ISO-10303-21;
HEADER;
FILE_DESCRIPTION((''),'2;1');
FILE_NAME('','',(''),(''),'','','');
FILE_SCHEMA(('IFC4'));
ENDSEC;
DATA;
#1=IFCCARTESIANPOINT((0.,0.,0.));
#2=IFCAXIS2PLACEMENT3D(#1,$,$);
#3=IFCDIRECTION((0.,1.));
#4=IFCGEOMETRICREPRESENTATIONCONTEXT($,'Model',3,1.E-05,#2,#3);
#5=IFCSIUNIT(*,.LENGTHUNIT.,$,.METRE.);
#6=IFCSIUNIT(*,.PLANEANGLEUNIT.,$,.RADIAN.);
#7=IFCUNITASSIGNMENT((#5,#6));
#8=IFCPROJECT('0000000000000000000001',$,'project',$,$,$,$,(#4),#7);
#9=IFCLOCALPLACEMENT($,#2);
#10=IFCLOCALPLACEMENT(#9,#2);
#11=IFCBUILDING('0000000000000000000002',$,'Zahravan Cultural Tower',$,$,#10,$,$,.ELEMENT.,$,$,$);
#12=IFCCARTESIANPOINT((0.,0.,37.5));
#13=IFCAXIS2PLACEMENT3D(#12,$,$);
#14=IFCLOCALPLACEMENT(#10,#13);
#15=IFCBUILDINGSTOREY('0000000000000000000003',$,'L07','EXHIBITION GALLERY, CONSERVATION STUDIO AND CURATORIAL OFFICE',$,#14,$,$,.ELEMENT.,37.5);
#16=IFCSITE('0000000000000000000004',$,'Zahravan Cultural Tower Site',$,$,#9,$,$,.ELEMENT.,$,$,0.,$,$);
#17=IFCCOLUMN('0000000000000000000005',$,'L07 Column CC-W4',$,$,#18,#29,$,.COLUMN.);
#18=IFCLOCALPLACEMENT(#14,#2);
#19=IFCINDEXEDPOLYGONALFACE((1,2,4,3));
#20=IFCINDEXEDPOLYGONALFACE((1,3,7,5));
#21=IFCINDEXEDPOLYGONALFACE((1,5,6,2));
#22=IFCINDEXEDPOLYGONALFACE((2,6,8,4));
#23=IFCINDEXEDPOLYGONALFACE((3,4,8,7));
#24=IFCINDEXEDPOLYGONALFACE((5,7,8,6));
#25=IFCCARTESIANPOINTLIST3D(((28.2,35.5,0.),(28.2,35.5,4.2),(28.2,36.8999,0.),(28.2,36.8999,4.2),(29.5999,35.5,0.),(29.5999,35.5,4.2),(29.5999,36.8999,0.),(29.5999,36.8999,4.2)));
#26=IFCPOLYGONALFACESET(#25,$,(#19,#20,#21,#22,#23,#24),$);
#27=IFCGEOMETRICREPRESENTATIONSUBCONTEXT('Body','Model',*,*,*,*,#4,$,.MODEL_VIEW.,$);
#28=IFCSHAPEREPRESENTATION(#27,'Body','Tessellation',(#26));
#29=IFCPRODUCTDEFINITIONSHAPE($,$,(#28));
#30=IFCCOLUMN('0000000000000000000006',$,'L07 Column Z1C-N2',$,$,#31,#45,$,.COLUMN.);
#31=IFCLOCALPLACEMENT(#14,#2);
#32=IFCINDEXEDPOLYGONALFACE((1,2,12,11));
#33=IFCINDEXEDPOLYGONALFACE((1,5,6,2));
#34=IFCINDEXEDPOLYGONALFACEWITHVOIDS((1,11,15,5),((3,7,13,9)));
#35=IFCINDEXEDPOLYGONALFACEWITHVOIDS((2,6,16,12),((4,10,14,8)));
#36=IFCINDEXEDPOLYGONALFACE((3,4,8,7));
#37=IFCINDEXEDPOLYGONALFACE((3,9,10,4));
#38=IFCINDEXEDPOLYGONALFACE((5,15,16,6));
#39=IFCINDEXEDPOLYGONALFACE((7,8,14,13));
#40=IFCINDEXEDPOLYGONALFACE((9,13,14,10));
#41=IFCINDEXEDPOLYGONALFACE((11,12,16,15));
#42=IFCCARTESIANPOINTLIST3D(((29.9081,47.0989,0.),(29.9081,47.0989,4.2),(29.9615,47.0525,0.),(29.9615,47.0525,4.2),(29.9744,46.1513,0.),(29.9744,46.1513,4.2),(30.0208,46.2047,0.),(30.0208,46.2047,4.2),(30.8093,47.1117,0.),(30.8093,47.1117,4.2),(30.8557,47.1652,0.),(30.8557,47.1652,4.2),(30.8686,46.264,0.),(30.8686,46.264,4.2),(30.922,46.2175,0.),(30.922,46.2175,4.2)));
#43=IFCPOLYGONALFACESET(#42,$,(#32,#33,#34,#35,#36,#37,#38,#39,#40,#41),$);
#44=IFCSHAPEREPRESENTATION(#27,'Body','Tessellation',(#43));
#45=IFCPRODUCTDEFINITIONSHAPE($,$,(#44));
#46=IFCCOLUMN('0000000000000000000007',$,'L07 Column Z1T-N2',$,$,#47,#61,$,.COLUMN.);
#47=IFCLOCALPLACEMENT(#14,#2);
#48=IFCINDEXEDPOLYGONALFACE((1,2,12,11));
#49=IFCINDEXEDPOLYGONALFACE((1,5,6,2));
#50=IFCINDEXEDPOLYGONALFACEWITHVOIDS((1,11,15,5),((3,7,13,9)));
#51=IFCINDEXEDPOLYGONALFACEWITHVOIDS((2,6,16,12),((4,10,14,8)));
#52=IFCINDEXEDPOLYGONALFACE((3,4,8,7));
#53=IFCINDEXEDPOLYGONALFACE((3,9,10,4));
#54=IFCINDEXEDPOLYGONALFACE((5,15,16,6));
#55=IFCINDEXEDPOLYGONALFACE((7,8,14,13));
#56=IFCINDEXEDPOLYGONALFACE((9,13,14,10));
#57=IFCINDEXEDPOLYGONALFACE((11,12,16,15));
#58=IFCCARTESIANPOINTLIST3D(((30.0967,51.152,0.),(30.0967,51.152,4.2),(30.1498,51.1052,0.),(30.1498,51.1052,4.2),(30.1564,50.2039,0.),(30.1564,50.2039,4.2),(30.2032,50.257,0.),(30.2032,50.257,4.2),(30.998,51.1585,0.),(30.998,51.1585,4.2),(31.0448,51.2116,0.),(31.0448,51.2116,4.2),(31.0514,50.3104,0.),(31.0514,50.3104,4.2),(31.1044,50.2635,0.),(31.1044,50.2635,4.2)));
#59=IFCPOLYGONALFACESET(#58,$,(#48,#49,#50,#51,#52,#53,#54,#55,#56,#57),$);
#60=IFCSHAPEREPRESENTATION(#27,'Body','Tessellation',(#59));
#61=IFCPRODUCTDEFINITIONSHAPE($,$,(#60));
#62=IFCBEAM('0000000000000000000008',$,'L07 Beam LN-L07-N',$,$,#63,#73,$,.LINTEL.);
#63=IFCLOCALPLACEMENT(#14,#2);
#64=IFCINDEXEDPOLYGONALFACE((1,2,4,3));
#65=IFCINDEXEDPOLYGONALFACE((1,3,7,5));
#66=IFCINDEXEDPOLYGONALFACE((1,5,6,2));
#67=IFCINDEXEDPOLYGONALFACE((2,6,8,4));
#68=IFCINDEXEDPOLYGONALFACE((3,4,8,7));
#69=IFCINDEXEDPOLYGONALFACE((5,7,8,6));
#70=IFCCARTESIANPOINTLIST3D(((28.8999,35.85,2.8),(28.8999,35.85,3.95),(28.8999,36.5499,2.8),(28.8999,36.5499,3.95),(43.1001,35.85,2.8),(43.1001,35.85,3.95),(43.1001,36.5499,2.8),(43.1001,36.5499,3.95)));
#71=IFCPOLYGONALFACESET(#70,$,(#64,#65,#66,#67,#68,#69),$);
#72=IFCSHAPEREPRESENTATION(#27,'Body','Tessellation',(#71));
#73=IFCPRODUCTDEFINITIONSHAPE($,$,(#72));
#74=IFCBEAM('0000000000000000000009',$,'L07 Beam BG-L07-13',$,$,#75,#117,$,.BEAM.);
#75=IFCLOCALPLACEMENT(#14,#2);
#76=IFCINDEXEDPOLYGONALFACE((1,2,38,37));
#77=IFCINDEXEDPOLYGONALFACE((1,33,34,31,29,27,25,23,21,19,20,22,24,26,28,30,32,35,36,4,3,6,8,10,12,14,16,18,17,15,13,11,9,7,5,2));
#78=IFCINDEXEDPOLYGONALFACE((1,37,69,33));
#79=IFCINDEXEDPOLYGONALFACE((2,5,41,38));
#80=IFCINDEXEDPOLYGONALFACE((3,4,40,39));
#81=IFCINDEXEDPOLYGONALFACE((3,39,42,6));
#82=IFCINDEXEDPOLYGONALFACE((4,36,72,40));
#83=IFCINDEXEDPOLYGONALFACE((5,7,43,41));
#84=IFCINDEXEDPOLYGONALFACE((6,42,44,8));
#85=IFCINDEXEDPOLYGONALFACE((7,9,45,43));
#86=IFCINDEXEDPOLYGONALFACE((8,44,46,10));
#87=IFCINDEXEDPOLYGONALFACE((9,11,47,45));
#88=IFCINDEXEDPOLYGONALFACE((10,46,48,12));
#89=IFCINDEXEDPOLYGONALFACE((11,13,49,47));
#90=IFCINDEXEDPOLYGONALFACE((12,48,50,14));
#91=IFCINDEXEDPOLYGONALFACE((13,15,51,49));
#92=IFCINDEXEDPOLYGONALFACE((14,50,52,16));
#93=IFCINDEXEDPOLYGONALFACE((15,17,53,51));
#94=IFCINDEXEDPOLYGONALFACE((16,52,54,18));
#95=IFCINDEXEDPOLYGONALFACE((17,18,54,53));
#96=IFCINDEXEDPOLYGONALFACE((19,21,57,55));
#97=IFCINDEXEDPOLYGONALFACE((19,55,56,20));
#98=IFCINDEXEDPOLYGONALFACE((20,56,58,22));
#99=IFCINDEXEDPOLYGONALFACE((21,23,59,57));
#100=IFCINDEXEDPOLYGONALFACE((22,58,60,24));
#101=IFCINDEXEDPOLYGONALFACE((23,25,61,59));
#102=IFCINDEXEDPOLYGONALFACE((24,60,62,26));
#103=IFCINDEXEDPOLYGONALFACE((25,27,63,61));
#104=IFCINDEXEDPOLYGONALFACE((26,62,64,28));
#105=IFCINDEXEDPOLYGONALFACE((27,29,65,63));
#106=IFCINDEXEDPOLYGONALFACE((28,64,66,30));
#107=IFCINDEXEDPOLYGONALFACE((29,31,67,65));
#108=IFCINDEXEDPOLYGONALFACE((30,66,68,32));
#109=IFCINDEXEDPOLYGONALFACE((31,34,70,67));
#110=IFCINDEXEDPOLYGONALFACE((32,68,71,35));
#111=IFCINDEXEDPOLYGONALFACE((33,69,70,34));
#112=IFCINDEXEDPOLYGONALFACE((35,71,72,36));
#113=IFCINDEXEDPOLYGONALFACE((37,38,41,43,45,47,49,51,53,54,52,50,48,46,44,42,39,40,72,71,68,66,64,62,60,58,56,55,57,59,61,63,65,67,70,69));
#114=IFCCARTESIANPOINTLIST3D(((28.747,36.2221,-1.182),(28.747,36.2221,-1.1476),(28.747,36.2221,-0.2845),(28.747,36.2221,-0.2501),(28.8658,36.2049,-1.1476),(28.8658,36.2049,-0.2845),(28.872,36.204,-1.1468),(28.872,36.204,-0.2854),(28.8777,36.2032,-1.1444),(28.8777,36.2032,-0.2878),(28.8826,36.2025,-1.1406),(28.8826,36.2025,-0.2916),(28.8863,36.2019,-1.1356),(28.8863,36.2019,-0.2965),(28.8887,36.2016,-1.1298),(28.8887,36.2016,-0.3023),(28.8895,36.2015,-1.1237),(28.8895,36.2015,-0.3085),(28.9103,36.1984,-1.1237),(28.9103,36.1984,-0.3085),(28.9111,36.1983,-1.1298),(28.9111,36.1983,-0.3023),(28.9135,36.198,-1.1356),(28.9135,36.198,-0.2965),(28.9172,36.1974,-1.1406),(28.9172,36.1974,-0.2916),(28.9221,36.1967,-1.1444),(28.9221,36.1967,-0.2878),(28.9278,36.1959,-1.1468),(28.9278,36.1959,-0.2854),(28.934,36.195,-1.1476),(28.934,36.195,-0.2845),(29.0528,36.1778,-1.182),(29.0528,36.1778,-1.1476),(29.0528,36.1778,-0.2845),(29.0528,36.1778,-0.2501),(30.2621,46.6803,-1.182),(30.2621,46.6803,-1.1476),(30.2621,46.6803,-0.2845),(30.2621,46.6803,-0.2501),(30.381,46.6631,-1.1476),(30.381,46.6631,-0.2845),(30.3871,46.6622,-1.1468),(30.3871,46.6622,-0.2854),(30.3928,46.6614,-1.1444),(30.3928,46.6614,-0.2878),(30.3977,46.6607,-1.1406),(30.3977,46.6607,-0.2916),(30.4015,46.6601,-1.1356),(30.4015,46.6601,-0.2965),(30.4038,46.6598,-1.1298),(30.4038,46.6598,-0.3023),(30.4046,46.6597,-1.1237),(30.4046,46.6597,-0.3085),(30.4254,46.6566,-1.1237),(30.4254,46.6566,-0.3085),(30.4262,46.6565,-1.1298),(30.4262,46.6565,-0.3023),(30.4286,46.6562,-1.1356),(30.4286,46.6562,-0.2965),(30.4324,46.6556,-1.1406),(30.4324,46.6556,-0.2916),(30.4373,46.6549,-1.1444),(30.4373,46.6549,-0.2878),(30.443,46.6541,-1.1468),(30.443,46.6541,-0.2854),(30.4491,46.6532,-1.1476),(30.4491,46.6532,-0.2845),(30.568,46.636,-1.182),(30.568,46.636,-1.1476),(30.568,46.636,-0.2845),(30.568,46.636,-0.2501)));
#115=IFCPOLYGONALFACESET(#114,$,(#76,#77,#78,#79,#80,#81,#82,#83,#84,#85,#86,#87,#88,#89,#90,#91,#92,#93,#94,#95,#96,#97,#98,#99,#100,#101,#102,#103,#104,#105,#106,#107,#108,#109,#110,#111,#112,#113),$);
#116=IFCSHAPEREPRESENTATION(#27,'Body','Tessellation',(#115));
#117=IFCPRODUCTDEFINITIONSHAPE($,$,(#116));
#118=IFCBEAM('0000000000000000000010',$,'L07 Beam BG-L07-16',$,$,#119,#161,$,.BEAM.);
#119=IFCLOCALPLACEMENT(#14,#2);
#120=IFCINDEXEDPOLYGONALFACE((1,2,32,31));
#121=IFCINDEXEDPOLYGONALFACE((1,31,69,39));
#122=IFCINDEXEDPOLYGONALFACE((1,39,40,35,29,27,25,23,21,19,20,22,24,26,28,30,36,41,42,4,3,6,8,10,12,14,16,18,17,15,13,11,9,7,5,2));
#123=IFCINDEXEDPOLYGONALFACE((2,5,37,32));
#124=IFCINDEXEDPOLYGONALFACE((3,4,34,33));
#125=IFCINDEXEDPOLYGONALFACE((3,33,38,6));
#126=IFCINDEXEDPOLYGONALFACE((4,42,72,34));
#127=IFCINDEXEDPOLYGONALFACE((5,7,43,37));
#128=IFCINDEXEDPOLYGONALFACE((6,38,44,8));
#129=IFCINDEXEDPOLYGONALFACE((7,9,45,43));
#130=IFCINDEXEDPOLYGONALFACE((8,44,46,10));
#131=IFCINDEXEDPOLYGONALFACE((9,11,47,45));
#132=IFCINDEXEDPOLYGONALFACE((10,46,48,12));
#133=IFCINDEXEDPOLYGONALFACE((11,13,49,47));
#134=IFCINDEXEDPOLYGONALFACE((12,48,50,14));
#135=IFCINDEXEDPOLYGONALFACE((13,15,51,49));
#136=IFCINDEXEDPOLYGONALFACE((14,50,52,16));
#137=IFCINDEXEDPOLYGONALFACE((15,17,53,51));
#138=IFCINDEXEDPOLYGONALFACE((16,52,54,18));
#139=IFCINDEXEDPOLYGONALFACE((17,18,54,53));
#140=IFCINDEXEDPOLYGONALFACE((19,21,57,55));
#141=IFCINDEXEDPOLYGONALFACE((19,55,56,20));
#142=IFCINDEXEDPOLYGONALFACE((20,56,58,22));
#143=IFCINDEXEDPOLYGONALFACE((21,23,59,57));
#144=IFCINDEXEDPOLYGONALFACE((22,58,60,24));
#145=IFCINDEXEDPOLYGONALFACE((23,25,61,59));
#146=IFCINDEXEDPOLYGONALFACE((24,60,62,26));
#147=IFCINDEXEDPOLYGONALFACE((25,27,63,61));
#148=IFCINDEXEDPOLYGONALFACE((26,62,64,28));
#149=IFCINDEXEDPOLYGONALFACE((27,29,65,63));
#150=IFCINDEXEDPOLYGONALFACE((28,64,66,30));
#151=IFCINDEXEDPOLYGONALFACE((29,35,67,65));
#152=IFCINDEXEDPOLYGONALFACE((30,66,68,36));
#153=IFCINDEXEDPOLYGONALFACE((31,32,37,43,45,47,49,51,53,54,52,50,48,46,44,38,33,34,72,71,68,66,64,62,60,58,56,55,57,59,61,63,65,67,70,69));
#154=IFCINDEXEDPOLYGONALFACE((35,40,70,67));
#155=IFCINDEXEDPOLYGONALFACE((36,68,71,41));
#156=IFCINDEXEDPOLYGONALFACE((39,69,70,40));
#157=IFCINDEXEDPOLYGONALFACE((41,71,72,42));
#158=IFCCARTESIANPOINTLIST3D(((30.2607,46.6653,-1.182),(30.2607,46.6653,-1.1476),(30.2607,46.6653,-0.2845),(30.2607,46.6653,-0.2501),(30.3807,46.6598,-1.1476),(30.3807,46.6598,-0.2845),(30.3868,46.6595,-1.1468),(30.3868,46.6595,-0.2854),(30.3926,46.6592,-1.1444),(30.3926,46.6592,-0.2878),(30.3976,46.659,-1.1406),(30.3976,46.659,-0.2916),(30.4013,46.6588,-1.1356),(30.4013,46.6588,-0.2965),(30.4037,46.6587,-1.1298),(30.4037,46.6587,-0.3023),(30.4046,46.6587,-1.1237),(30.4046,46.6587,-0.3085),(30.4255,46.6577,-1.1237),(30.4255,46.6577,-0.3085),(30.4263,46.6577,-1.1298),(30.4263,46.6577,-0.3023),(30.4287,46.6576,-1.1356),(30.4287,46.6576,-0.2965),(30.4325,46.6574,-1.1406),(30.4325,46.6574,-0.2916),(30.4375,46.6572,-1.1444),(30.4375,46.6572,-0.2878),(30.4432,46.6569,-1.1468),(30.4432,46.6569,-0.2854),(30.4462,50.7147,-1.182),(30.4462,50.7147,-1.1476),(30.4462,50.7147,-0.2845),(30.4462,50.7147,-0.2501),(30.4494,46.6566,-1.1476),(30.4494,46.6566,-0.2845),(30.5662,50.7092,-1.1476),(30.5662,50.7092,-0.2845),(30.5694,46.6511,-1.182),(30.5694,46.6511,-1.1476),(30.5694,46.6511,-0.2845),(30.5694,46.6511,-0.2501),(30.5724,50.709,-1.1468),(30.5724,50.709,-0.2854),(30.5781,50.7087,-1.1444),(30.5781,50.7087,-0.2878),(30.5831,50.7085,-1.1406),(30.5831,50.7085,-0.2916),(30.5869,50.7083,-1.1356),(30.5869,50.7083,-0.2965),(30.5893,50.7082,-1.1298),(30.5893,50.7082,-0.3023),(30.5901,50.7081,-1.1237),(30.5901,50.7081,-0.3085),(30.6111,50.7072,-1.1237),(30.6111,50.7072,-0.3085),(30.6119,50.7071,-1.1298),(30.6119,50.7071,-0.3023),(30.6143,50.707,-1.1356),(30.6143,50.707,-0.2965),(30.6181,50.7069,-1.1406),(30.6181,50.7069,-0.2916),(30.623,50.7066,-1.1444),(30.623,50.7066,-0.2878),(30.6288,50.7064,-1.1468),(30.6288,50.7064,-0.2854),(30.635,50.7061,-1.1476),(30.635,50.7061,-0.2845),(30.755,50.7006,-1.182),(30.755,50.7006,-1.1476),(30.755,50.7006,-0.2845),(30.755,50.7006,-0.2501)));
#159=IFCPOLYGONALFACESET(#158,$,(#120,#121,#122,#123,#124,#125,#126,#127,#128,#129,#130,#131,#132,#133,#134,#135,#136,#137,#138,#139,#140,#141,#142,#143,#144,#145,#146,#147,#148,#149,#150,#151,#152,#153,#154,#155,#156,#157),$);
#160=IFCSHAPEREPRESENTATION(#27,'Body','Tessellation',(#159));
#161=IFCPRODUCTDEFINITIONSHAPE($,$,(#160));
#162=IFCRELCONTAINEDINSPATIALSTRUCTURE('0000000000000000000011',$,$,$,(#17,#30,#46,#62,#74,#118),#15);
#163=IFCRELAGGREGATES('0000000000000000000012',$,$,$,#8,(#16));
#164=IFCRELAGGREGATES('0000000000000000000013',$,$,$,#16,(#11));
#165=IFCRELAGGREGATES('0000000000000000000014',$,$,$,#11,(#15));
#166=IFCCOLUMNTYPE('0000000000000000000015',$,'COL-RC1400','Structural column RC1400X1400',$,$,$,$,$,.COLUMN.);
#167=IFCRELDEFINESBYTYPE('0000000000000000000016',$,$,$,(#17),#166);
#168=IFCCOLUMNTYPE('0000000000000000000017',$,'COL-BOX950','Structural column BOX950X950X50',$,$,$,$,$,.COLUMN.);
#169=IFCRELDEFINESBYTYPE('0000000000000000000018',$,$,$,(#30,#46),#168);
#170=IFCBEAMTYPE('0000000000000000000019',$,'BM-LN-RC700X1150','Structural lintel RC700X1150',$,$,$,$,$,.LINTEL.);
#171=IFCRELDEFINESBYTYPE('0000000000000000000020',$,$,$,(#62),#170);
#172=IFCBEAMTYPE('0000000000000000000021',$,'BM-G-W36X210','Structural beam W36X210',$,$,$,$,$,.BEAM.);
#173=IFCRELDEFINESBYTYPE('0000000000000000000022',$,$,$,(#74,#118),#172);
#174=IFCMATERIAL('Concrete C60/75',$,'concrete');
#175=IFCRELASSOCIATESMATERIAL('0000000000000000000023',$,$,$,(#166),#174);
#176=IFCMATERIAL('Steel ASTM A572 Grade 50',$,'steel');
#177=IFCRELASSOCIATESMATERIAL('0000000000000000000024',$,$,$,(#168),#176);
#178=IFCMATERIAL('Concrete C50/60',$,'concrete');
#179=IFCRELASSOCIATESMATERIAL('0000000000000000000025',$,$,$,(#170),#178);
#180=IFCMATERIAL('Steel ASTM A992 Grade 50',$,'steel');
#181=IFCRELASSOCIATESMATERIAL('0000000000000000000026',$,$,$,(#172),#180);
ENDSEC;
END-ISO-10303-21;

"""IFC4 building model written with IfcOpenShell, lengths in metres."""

from ifc_helpers import new_model, si_unit, direction, frame, origin, origin_2d, place, context, subcontext, project, spatial, rectangle, hollow_rectangle, i_section, extrude, source, transform, mapped, material, material_profile, profile_set, type_object, element, save


model = new_model("IFC4")

# Units and contexts
model_context = context("Model", 3, precision=1e-05, world=origin(), true_north=direction((0.0, 1.0)))
body_context = subcontext(model_context, "Body", "Model", "MODEL_VIEW")
ifc_project = project(units=[si_unit("LENGTHUNIT", "METRE"), si_unit("PLANEANGLEUNIT", "RADIAN")], contexts=[model_context])

# Site, building, storey
site_placement = place(None, origin())
site = spatial("IfcSite", under=ifc_project, at=site_placement, Name="Zahravan Cultural Tower Site", CompositionType="ELEMENT", RefElevation=0.0)
building_placement = place(site_placement, origin())
building = spatial("IfcBuilding", under=site, at=building_placement, Name="Zahravan Cultural Tower", CompositionType="ELEMENT")
storey_placement = place(building_placement, frame((0.0, 0.0, 37.5)))
storey = spatial("IfcBuildingStorey", under=building, at=storey_placement, Name="L07", Description="EXHIBITION GALLERY, CONSERVATION STUDIO AND CURATORIAL OFFICE", CompositionType="ELEMENT", Elevation=37.5)

# Columns
ifc_material_1 = material(Name="Concrete C60/75", Category="concrete")
ifc_material_profile_1 = material_profile(ifc_material_1, rectangle(XDim=1.3999, YDim=1.3999, at=origin_2d()), Name="RC1400X1400")
ifc_profile_set_1 = profile_set([ifc_material_profile_1], Name="Concrete C60/75")
column_type_1 = type_object("IfcColumnType", Name="COL-RC1400", Description="Structural column RC1400X1400", PredefinedType="COLUMN", material=ifc_profile_set_1)
shared_shape_1 = source(origin(), body_context, "Body", "SweptSolid", [
    extrude(rectangle(XDim=1.3999, YDim=1.3999, at=origin_2d()), origin(), (0.0, 0.0, 1.0), 4.2),
])
column_placement = place(storey_placement, frame((28.8999, 36.2, 0.0), z_axis=(0.0, 0.0, 1.0), x_axis=(1.0, 0.0, 0.0)))
element("IfcColumn", 1, at=column_placement, inside=storey, type_object=column_type_1, Name="L07 Column CC-W4", PredefinedType="COLUMN", context=body_context, shape_type="MappedRepresentation", body=[
    mapped(shared_shape_1, transform((0.0, 0.0, 0.0), x_axis=(1.0, 0.0, 0.0), y_axis=(0.0, 1.0, 0.0), z_axis=(0.0, 0.0, 1.0), scale=1.0)),
])
ifc_material_2 = material(Name="Steel ASTM A572 Grade 50", Category="steel")
ifc_material_profile_2 = material_profile(ifc_material_2, hollow_rectangle(XDim=0.95, YDim=0.95, WallThickness=0.05, at=origin_2d()), Name="BOX950X950X50")
ifc_profile_set_2 = profile_set([ifc_material_profile_2], Name="Steel ASTM A572 Grade 50")
column_type_2 = type_object("IfcColumnType", Name="COL-BOX950", Description="Structural column BOX950X950X50", PredefinedType="COLUMN", material=ifc_profile_set_2)
shared_shape_2 = source(origin(), body_context, "Body", "SweptSolid", [
    extrude(hollow_rectangle(XDim=0.95, YDim=0.95, WallThickness=0.05, at=origin_2d()), origin(), (0.0, 0.0, 1.0), 4.2),
])
for number, where, z_axis, x_axis, name in (
    (2, (30.415, 46.6582, 0.0), (0.0, 0.0, 1.0), (-0.069756, 0.997564, 0.0), "L07 Column Z1C-N2"),
    (3, (30.6006, 50.7078, 0.0), (0.0, 0.0, 1.0), (-0.062791, 0.998027, 0.0), "L07 Column Z1T-N2"),
):
    element("IfcColumn", number, at=place(storey_placement, frame(where, z_axis=z_axis, x_axis=x_axis)), inside=storey, type_object=column_type_2, Name=name, PredefinedType="COLUMN", context=body_context, shape_type="MappedRepresentation", body=[
        mapped(shared_shape_2, transform((0.0, 0.0, 0.0), x_axis=(1.0, 0.0, 0.0), y_axis=(0.0, 1.0, 0.0), z_axis=(0.0, 0.0, 1.0), scale=1.0)),
    ])

# Beams
ifc_material_3 = material(Name="Concrete C50/60", Category="concrete")
ifc_material_profile_3 = material_profile(ifc_material_3, rectangle(XDim=0.7, YDim=1.1499, at=origin_2d()), Name="RC700X1150")
ifc_profile_set_3 = profile_set([ifc_material_profile_3], Name="Concrete C50/60")
beam_type_1 = type_object("IfcBeamType", Name="BM-LN-RC700X1150", Description="Structural lintel RC700X1150", PredefinedType="LINTEL", material=ifc_profile_set_3)
shared_shape_3 = source(origin(), body_context, "Body", "SweptSolid", [
    extrude(rectangle(XDim=0.7, YDim=1.1499, at=origin_2d()), origin(), (0.0, 0.0, 1.0), 14.2002),
])
beam_1_placement = place(storey_placement, frame((28.8999, 36.2, 3.375), z_axis=(1.0, 0.0, 0.0), x_axis=(0.0, 1.0, 0.0)))
element("IfcBeam", 4, at=beam_1_placement, inside=storey, type_object=beam_type_1, Name="L07 Beam LN-L07-N", PredefinedType="LINTEL", context=body_context, shape_type="MappedRepresentation", body=[
    mapped(shared_shape_3, transform((0.0, 0.0, 0.0), x_axis=(1.0, 0.0, 0.0), y_axis=(0.0, 1.0, 0.0), z_axis=(0.0, 0.0, 1.0), scale=1.0)),
])
ifc_material_4 = material(Name="Steel ASTM A992 Grade 50", Category="steel")
ifc_material_profile_4 = material_profile(ifc_material_4, i_section(OverallWidth=0.3091, OverallDepth=0.9319, WebThickness=0.021, FlangeThickness=0.0344, FilletRadius=0.0239, at=origin_2d()), Name="W36X210")
ifc_profile_set_4 = profile_set([ifc_material_profile_4], Name="Steel ASTM A992 Grade 50")
beam_type_2 = type_object("IfcBeamType", Name="BM-G-W36X210", Description="Structural beam W36X210", PredefinedType="BEAM", material=ifc_profile_set_4)
shared_shape_4 = source(origin(), body_context, "Body", "SweptSolid", [
    extrude(i_section(OverallWidth=0.3091, OverallDepth=0.9319, WebThickness=0.021, FlangeThickness=0.0344, FilletRadius=0.0239, at=origin_2d()), origin(), (0.0, 0.0, 1.0), 10.5674),
])
beam_2_placement = place(storey_placement, frame((28.8999, 36.2, -0.7161), z_axis=(0.143378, 0.989668, 0.0), x_axis=(-0.989668, 0.143378, 0.0)))
element("IfcBeam", 5, at=beam_2_placement, inside=storey, type_object=beam_type_2, Name="L07 Beam BG-L07-13", PredefinedType="BEAM", context=body_context, shape_type="MappedRepresentation", body=[
    mapped(shared_shape_4, transform((0.0, 0.0, 0.0), x_axis=(1.0, 0.0, 0.0), y_axis=(0.0, 1.0, 0.0), z_axis=(0.0, 0.0, 1.0), scale=1.0)),
])
shared_shape_5 = source(origin(), body_context, "Body", "SweptSolid", [
    extrude(i_section(OverallWidth=0.3091, OverallDepth=0.9319, WebThickness=0.021, FlangeThickness=0.0344, FilletRadius=0.0239, at=origin_2d()), origin(), (0.0, 0.0, 1.0), 4.0537),
])
beam_3_placement = place(storey_placement, frame((30.415, 46.6582, -0.7161), z_axis=(0.045771, 0.998952, 0.0), x_axis=(-0.998952, 0.045771, 0.0)))
element("IfcBeam", 6, at=beam_3_placement, inside=storey, type_object=beam_type_2, Name="L07 Beam BG-L07-16", PredefinedType="BEAM", context=body_context, shape_type="MappedRepresentation", body=[
    mapped(shared_shape_5, transform((0.0, 0.0, 0.0), x_axis=(1.0, 0.0, 0.0), y_axis=(0.0, 1.0, 0.0), z_axis=(0.0, 0.0, 1.0), scale=1.0)),
])

save(model, "model.ifc")
